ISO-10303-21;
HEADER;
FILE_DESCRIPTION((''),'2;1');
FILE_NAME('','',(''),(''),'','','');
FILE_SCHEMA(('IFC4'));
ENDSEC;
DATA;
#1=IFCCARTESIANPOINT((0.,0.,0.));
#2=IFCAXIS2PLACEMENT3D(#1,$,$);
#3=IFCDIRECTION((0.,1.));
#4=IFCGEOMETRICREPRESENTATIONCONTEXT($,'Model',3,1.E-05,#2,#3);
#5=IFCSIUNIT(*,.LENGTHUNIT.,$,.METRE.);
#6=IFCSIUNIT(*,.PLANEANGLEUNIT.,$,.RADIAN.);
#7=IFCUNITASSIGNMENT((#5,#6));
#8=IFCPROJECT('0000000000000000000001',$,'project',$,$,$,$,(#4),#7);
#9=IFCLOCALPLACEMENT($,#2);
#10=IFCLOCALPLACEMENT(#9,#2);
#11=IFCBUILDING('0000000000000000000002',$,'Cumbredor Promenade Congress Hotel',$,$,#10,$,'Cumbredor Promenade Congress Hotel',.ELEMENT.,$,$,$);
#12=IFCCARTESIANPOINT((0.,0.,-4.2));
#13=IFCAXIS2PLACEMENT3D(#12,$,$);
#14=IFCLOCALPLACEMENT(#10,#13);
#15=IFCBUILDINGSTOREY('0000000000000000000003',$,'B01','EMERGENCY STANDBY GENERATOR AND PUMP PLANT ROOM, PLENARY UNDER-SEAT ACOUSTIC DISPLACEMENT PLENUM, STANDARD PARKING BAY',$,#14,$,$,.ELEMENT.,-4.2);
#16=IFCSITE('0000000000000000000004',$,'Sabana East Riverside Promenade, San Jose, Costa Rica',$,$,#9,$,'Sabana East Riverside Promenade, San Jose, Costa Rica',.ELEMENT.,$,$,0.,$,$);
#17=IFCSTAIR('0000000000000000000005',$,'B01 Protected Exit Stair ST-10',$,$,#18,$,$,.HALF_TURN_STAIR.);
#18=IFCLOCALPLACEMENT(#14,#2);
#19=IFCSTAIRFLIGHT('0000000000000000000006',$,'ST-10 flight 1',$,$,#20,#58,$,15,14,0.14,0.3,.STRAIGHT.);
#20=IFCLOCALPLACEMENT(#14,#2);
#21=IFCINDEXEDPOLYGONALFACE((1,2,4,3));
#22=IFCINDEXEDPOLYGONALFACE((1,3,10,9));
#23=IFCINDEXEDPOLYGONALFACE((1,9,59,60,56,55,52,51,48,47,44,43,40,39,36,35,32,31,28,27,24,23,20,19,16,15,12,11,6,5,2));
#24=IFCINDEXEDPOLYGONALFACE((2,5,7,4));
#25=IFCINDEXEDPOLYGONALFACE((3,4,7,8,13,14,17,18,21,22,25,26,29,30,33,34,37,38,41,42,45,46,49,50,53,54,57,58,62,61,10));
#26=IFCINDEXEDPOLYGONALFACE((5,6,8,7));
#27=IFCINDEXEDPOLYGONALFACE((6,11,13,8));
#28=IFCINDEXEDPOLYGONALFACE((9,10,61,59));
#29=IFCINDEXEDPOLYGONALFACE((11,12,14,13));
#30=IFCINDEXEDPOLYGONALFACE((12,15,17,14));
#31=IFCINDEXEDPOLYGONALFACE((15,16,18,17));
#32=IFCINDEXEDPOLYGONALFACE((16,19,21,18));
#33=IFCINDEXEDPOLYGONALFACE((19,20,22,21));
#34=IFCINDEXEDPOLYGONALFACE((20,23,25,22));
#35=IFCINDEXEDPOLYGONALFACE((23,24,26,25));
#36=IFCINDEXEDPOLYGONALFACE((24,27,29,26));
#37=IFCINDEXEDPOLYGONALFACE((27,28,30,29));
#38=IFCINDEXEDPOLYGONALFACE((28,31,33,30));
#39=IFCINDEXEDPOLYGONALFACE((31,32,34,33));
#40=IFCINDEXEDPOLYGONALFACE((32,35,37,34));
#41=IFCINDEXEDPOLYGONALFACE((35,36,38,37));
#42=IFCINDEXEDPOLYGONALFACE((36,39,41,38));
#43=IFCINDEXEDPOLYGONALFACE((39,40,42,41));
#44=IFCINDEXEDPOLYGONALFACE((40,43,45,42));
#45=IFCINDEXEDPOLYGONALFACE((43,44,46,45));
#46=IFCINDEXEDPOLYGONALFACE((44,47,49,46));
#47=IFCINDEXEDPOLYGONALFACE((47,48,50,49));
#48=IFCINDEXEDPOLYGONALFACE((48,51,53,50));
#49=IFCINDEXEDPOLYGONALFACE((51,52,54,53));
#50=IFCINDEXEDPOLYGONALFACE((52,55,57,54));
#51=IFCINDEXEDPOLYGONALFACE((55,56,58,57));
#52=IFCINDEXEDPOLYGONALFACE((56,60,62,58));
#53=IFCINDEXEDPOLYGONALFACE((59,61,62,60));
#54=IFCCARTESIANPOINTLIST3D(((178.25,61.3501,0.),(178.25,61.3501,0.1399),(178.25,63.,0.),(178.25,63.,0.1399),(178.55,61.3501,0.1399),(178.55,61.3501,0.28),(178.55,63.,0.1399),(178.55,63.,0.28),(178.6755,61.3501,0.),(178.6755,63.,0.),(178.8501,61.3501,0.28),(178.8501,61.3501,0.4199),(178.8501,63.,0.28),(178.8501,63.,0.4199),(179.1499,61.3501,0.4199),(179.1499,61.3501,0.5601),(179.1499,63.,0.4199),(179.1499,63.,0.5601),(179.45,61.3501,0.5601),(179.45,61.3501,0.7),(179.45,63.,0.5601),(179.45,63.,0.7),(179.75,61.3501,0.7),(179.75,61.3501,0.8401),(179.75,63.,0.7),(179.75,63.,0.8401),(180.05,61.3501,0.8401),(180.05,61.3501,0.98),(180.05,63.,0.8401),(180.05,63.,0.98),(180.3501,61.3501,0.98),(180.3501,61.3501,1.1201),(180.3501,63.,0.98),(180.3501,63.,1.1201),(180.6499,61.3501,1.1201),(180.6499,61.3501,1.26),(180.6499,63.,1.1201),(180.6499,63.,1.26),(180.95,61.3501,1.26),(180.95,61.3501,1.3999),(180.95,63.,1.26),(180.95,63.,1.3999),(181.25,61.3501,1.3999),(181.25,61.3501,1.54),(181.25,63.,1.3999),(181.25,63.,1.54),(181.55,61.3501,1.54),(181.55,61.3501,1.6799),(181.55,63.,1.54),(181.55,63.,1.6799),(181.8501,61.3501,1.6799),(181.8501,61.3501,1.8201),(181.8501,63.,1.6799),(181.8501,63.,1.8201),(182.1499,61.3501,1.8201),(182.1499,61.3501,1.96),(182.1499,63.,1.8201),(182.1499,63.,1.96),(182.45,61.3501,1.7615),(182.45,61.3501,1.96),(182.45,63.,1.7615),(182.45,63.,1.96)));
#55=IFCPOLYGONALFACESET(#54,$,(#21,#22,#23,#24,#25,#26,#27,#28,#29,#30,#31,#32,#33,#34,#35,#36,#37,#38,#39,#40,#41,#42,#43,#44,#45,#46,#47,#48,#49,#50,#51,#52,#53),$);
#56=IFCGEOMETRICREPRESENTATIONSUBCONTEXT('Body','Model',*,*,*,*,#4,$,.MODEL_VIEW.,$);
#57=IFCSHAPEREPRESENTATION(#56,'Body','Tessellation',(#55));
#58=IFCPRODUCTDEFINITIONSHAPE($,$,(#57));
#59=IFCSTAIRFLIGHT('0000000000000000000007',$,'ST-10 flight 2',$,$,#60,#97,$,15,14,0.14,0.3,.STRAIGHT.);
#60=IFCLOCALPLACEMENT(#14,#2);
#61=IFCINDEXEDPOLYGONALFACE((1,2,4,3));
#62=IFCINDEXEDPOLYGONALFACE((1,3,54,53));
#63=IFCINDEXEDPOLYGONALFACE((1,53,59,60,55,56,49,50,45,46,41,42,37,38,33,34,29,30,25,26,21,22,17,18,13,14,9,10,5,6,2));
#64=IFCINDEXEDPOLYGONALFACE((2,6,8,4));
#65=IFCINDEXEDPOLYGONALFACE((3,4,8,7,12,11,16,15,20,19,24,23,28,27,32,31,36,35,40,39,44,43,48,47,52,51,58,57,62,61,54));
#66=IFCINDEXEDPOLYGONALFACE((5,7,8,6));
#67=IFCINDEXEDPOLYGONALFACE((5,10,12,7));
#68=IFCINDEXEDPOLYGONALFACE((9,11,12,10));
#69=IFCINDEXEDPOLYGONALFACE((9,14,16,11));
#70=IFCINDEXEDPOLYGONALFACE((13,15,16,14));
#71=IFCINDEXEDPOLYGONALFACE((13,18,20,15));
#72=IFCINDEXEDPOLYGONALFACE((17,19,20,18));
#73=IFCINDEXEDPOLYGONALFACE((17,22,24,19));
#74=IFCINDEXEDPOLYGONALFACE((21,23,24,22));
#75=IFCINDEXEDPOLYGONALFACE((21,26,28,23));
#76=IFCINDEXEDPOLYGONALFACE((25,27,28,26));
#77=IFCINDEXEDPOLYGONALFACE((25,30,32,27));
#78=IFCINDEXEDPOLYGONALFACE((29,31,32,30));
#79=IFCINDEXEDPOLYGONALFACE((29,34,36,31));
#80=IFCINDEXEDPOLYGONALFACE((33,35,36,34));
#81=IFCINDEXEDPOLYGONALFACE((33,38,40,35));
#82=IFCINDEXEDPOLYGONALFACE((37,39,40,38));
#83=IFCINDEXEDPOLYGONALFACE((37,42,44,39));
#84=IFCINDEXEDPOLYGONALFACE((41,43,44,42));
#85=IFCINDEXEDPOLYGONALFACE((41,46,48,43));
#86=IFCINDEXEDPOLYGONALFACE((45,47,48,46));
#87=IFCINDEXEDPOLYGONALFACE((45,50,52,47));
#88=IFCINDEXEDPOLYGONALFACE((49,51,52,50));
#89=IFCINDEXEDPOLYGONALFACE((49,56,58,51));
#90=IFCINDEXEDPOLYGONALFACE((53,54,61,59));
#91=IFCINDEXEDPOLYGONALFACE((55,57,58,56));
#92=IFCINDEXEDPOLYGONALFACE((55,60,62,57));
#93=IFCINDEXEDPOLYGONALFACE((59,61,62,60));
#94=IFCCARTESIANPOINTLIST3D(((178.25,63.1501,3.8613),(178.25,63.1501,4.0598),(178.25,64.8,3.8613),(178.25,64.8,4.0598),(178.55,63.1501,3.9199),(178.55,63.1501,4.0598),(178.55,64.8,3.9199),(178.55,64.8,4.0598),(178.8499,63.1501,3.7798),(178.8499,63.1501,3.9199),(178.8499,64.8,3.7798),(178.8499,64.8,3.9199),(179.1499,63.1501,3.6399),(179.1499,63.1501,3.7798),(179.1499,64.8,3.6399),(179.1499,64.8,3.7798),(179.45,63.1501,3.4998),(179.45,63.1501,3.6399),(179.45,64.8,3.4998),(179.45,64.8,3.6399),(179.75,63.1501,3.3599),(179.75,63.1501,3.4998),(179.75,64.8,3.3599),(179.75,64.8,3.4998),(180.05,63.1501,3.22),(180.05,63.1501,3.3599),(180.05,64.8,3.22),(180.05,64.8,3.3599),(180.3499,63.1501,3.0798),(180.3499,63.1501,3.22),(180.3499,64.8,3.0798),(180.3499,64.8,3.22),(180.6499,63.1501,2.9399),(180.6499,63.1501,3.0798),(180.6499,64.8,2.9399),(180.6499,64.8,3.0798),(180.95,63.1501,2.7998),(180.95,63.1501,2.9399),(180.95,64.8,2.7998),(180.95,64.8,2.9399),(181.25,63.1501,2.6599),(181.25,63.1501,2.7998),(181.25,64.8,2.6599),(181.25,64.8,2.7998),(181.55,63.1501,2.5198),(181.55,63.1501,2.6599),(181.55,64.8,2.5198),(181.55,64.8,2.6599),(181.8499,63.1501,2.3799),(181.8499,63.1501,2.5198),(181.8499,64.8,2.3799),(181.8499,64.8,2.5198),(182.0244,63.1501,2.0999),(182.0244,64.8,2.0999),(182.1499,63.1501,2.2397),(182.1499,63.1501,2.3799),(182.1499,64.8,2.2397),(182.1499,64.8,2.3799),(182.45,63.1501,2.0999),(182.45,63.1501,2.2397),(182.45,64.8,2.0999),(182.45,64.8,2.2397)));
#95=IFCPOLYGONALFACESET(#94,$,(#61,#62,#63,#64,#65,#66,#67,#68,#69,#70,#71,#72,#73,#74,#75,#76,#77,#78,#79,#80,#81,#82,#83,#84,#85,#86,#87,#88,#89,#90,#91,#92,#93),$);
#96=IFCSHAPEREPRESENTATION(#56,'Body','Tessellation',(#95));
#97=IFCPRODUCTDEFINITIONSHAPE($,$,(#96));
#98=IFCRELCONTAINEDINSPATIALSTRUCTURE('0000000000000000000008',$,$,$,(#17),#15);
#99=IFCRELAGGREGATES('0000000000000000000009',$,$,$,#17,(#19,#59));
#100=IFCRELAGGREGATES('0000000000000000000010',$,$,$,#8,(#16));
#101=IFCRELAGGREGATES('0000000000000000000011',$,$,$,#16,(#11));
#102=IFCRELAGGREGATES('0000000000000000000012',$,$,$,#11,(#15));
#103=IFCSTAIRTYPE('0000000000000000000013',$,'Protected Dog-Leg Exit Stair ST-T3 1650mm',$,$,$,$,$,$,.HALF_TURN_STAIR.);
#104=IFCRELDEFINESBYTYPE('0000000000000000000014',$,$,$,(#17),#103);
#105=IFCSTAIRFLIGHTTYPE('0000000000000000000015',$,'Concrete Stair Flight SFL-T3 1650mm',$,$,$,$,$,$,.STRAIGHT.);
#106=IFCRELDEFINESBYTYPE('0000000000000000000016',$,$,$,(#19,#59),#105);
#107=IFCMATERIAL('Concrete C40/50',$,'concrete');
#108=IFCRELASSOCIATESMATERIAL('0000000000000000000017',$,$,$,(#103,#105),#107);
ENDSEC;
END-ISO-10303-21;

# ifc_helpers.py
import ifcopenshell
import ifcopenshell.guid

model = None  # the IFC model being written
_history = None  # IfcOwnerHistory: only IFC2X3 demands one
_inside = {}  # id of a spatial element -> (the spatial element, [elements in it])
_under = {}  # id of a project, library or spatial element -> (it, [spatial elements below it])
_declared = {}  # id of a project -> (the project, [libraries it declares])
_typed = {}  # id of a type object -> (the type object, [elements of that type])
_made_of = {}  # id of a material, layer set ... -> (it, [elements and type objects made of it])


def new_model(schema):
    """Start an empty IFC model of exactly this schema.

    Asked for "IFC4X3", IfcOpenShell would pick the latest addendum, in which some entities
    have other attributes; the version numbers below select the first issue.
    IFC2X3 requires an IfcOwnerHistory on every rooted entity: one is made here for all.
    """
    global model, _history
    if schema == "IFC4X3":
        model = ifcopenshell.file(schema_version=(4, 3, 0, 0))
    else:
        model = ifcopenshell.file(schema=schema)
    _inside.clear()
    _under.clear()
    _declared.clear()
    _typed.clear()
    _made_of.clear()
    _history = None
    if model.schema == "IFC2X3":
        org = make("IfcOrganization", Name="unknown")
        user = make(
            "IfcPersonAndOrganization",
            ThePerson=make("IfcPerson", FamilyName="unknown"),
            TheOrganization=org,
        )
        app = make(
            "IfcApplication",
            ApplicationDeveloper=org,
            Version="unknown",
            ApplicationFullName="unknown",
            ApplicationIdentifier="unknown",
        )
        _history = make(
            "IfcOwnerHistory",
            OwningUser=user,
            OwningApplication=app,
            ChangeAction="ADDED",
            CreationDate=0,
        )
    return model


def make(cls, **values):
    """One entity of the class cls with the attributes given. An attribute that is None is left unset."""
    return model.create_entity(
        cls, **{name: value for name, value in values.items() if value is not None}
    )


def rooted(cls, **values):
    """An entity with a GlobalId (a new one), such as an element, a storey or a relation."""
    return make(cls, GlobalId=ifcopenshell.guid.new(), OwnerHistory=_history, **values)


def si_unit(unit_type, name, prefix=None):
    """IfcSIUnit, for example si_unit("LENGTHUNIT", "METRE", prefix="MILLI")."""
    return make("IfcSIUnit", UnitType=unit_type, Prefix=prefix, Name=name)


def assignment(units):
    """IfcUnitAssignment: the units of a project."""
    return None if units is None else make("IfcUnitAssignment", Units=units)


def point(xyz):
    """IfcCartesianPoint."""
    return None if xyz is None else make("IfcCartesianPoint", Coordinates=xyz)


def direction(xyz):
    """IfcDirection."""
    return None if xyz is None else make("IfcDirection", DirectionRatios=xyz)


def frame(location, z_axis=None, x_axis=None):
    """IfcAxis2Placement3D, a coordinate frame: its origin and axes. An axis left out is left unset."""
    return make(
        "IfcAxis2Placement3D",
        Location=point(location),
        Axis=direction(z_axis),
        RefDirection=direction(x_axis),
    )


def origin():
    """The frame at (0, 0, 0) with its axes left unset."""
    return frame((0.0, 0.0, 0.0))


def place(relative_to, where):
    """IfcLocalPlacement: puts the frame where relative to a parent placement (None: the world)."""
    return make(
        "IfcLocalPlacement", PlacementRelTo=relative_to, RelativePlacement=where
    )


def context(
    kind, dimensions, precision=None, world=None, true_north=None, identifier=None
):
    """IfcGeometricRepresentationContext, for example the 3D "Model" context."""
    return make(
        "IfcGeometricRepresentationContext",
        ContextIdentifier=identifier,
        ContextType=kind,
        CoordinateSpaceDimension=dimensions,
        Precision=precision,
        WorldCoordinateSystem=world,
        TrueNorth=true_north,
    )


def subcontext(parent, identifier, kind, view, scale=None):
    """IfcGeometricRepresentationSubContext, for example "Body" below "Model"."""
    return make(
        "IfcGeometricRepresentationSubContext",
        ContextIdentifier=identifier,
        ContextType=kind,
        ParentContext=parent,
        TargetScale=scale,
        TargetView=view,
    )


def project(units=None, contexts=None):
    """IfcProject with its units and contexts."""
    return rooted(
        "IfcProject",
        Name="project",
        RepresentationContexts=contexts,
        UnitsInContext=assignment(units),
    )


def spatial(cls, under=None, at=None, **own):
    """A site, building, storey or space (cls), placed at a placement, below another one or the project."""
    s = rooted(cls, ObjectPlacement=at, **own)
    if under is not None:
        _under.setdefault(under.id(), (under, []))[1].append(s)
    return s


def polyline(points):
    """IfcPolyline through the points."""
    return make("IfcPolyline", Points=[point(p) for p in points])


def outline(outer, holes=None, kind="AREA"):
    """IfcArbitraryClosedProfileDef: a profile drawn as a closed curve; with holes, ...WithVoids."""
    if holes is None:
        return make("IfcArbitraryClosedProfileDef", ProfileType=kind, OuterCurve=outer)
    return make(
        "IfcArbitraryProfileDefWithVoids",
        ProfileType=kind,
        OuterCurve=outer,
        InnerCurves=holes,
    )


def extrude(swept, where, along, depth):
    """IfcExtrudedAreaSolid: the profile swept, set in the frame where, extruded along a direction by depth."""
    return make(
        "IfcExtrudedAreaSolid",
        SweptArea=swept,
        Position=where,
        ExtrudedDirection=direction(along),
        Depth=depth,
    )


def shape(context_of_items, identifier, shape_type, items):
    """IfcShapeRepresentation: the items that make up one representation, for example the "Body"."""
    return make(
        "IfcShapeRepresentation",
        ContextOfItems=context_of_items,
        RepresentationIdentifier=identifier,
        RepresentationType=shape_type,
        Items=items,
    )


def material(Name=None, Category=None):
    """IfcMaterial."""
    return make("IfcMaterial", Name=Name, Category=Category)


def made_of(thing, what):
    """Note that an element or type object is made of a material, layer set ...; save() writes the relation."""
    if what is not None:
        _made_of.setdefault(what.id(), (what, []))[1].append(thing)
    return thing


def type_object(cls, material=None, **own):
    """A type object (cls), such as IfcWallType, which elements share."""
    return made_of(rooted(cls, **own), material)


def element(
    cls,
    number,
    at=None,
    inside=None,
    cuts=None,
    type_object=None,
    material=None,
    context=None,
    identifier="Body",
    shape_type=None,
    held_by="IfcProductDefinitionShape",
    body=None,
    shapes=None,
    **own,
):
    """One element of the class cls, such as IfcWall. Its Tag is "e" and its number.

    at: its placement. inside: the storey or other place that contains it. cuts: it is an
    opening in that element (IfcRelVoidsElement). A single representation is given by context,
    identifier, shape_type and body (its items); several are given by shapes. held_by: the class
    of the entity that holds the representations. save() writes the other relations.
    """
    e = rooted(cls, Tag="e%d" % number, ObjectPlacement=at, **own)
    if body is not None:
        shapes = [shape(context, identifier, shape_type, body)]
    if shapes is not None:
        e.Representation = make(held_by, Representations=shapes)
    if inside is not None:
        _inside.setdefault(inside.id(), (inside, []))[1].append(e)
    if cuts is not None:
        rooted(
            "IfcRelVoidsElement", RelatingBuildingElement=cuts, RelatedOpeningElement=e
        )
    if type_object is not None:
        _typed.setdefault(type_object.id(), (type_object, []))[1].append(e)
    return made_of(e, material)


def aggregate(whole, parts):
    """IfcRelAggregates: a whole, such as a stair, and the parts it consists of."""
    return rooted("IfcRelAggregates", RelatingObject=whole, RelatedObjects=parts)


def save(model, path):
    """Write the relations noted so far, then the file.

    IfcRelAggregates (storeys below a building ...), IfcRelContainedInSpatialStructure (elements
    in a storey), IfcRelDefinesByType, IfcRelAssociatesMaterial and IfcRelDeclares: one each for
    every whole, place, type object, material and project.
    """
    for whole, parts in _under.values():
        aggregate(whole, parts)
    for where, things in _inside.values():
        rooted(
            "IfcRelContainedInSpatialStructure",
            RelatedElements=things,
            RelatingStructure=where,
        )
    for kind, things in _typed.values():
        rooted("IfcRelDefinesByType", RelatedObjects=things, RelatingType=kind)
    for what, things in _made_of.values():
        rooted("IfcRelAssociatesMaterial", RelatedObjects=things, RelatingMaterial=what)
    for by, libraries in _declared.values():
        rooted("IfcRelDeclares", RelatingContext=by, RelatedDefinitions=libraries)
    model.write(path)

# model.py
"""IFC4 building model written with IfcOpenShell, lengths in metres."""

from ifc_helpers import new_model, si_unit, direction, frame, origin, place, context, subcontext, project, spatial, polyline, outline, extrude, material, type_object, element, aggregate, save


model = new_model("IFC4")

# Units and contexts
model_context = context("Model", 3, precision=1e-05, world=origin(), true_north=direction((0.0, 1.0)))
body_context = subcontext(model_context, "Body", "Model", "MODEL_VIEW")
ifc_project = project(units=[si_unit("LENGTHUNIT", "METRE"), si_unit("PLANEANGLEUNIT", "RADIAN")], contexts=[model_context])

# Site, building, storey
site_placement = place(None, origin())
site = spatial("IfcSite", under=ifc_project, at=site_placement, Name="Sabana East Riverside Promenade, San Jose, Costa Rica", LongName="Sabana East Riverside Promenade, San Jose, Costa Rica", CompositionType="ELEMENT", RefElevation=0.0)
building_placement = place(site_placement, origin())
building = spatial("IfcBuilding", under=site, at=building_placement, Name="Cumbredor Promenade Congress Hotel", LongName="Cumbredor Promenade Congress Hotel", CompositionType="ELEMENT")
storey_placement = place(building_placement, frame((0.0, 0.0, -4.2)))
storey = spatial("IfcBuildingStorey", under=building, at=storey_placement, Name="B01", Description="EMERGENCY STANDBY GENERATOR AND PUMP PLANT ROOM, PLENARY UNDER-SEAT ACOUSTIC DISPLACEMENT PLENUM, STANDARD PARKING BAY", CompositionType="ELEMENT", Elevation=-4.2)

# Shared definitions
ifc_material_1 = material(Name="Concrete C40/50", Category="concrete")

# Stair, stair flights
stair_type = type_object("IfcStairType", Name="Protected Dog-Leg Exit Stair ST-T3 1650mm", PredefinedType="HALF_TURN_STAIR", material=ifc_material_1)
stair_placement = place(storey_placement, origin())
stair = element("IfcStair", 1, at=stair_placement, inside=storey, type_object=stair_type, Name="B01 Protected Exit Stair ST-10", PredefinedType="HALF_TURN_STAIR")
stair_flight_type = type_object("IfcStairFlightType", Name="Concrete Stair Flight SFL-T3 1650mm", PredefinedType="STRAIGHT", material=ifc_material_1)
stair_flight_1_placement = place(storey_placement, frame((178.25, 62.175, 0.0), z_axis=(0.0, 0.0, 1.0), x_axis=(1.0, 0.0, 0.0)))
stair_flight_1 = element("IfcStairFlight", 2, at=stair_flight_1_placement, type_object=stair_flight_type, Name="ST-10 flight 1", NumberOfRisers=15, NumberOfTreads=14, PredefinedType="STRAIGHT", RiserHeight=0.14, TreadLength=0.3, context=body_context, shape_type="SweptSolid", body=[
    extrude(outline(polyline([(0.0, 0.0), (0.0, 0.1399), (0.3, 0.1399), (0.3, 0.28), (0.6001, 0.28), (0.6001, 0.4199), (0.8999, 0.4199), (0.8999, 0.5601), (1.2, 0.5601), (1.2, 0.7), (1.5, 0.7), (1.5, 0.8401), (1.8, 0.8401), (1.8, 0.98), (2.1001, 0.98), (2.1001, 1.1201), (2.3999, 1.1201), (2.3999, 1.26), (2.7, 1.26), (2.7, 1.3999), (3.0, 1.3999), (3.0, 1.54), (3.3, 1.54), (3.3, 1.6799), (3.6001, 1.6799), (3.6001, 1.8201), (3.8999, 1.8201), (3.8999, 1.96), (4.2, 1.96), (4.2, 2.1001), (4.2, 1.7615), (0.4255, 0.0), (0.0, 0.0)])), frame((0.0, 0.825, 0.0), z_axis=(0.0, -1.0, 0.0), x_axis=(1.0, 0.0, 0.0)), (0.0, 0.0, 1.0), 1.6499),
])
stair_flight_2_placement = place(storey_placement, frame((182.45, 63.9751, 2.0999), z_axis=(0.0, 0.0, 1.0), x_axis=(-1.0, 0.0, 0.0)))
stair_flight_2 = element("IfcStairFlight", 3, at=stair_flight_2_placement, type_object=stair_flight_type, Name="ST-10 flight 2", NumberOfRisers=15, NumberOfTreads=14, PredefinedType="STRAIGHT", RiserHeight=0.14, TreadLength=0.3, context=body_context, shape_type="SweptSolid", body=[
    extrude(outline(polyline([(0.0, 0.0), (0.0, 0.1399), (0.3, 0.1399), (0.3, 0.28), (0.6001, 0.28), (0.6001, 0.4199), (0.8999, 0.4199), (0.8999, 0.5601), (1.2, 0.5601), (1.2, 0.7), (1.5, 0.7), (1.5, 0.8401), (1.8, 0.8401), (1.8, 0.98), (2.1001, 0.98), (2.1001, 1.1201), (2.3999, 1.1201), (2.3999, 1.26), (2.7, 1.26), (2.7, 1.3999), (3.0, 1.3999), (3.0, 1.54), (3.3, 1.54), (3.3, 1.6799), (3.6001, 1.6799), (3.6001, 1.8201), (3.8999, 1.8201), (3.8999, 1.96), (4.2, 1.96), (4.2, 2.1001), (4.2, 1.7615), (0.4255, 0.0), (0.0, 0.0)])), frame((0.0, 0.825, 0.0), z_axis=(0.0, -1.0, 0.0), x_axis=(1.0, 0.0, 0.0)), (0.0, 0.0, 1.0), 1.6499),
])
aggregate(stair, [stair_flight_1, stair_flight_2])

save(model, "model.ifc")
